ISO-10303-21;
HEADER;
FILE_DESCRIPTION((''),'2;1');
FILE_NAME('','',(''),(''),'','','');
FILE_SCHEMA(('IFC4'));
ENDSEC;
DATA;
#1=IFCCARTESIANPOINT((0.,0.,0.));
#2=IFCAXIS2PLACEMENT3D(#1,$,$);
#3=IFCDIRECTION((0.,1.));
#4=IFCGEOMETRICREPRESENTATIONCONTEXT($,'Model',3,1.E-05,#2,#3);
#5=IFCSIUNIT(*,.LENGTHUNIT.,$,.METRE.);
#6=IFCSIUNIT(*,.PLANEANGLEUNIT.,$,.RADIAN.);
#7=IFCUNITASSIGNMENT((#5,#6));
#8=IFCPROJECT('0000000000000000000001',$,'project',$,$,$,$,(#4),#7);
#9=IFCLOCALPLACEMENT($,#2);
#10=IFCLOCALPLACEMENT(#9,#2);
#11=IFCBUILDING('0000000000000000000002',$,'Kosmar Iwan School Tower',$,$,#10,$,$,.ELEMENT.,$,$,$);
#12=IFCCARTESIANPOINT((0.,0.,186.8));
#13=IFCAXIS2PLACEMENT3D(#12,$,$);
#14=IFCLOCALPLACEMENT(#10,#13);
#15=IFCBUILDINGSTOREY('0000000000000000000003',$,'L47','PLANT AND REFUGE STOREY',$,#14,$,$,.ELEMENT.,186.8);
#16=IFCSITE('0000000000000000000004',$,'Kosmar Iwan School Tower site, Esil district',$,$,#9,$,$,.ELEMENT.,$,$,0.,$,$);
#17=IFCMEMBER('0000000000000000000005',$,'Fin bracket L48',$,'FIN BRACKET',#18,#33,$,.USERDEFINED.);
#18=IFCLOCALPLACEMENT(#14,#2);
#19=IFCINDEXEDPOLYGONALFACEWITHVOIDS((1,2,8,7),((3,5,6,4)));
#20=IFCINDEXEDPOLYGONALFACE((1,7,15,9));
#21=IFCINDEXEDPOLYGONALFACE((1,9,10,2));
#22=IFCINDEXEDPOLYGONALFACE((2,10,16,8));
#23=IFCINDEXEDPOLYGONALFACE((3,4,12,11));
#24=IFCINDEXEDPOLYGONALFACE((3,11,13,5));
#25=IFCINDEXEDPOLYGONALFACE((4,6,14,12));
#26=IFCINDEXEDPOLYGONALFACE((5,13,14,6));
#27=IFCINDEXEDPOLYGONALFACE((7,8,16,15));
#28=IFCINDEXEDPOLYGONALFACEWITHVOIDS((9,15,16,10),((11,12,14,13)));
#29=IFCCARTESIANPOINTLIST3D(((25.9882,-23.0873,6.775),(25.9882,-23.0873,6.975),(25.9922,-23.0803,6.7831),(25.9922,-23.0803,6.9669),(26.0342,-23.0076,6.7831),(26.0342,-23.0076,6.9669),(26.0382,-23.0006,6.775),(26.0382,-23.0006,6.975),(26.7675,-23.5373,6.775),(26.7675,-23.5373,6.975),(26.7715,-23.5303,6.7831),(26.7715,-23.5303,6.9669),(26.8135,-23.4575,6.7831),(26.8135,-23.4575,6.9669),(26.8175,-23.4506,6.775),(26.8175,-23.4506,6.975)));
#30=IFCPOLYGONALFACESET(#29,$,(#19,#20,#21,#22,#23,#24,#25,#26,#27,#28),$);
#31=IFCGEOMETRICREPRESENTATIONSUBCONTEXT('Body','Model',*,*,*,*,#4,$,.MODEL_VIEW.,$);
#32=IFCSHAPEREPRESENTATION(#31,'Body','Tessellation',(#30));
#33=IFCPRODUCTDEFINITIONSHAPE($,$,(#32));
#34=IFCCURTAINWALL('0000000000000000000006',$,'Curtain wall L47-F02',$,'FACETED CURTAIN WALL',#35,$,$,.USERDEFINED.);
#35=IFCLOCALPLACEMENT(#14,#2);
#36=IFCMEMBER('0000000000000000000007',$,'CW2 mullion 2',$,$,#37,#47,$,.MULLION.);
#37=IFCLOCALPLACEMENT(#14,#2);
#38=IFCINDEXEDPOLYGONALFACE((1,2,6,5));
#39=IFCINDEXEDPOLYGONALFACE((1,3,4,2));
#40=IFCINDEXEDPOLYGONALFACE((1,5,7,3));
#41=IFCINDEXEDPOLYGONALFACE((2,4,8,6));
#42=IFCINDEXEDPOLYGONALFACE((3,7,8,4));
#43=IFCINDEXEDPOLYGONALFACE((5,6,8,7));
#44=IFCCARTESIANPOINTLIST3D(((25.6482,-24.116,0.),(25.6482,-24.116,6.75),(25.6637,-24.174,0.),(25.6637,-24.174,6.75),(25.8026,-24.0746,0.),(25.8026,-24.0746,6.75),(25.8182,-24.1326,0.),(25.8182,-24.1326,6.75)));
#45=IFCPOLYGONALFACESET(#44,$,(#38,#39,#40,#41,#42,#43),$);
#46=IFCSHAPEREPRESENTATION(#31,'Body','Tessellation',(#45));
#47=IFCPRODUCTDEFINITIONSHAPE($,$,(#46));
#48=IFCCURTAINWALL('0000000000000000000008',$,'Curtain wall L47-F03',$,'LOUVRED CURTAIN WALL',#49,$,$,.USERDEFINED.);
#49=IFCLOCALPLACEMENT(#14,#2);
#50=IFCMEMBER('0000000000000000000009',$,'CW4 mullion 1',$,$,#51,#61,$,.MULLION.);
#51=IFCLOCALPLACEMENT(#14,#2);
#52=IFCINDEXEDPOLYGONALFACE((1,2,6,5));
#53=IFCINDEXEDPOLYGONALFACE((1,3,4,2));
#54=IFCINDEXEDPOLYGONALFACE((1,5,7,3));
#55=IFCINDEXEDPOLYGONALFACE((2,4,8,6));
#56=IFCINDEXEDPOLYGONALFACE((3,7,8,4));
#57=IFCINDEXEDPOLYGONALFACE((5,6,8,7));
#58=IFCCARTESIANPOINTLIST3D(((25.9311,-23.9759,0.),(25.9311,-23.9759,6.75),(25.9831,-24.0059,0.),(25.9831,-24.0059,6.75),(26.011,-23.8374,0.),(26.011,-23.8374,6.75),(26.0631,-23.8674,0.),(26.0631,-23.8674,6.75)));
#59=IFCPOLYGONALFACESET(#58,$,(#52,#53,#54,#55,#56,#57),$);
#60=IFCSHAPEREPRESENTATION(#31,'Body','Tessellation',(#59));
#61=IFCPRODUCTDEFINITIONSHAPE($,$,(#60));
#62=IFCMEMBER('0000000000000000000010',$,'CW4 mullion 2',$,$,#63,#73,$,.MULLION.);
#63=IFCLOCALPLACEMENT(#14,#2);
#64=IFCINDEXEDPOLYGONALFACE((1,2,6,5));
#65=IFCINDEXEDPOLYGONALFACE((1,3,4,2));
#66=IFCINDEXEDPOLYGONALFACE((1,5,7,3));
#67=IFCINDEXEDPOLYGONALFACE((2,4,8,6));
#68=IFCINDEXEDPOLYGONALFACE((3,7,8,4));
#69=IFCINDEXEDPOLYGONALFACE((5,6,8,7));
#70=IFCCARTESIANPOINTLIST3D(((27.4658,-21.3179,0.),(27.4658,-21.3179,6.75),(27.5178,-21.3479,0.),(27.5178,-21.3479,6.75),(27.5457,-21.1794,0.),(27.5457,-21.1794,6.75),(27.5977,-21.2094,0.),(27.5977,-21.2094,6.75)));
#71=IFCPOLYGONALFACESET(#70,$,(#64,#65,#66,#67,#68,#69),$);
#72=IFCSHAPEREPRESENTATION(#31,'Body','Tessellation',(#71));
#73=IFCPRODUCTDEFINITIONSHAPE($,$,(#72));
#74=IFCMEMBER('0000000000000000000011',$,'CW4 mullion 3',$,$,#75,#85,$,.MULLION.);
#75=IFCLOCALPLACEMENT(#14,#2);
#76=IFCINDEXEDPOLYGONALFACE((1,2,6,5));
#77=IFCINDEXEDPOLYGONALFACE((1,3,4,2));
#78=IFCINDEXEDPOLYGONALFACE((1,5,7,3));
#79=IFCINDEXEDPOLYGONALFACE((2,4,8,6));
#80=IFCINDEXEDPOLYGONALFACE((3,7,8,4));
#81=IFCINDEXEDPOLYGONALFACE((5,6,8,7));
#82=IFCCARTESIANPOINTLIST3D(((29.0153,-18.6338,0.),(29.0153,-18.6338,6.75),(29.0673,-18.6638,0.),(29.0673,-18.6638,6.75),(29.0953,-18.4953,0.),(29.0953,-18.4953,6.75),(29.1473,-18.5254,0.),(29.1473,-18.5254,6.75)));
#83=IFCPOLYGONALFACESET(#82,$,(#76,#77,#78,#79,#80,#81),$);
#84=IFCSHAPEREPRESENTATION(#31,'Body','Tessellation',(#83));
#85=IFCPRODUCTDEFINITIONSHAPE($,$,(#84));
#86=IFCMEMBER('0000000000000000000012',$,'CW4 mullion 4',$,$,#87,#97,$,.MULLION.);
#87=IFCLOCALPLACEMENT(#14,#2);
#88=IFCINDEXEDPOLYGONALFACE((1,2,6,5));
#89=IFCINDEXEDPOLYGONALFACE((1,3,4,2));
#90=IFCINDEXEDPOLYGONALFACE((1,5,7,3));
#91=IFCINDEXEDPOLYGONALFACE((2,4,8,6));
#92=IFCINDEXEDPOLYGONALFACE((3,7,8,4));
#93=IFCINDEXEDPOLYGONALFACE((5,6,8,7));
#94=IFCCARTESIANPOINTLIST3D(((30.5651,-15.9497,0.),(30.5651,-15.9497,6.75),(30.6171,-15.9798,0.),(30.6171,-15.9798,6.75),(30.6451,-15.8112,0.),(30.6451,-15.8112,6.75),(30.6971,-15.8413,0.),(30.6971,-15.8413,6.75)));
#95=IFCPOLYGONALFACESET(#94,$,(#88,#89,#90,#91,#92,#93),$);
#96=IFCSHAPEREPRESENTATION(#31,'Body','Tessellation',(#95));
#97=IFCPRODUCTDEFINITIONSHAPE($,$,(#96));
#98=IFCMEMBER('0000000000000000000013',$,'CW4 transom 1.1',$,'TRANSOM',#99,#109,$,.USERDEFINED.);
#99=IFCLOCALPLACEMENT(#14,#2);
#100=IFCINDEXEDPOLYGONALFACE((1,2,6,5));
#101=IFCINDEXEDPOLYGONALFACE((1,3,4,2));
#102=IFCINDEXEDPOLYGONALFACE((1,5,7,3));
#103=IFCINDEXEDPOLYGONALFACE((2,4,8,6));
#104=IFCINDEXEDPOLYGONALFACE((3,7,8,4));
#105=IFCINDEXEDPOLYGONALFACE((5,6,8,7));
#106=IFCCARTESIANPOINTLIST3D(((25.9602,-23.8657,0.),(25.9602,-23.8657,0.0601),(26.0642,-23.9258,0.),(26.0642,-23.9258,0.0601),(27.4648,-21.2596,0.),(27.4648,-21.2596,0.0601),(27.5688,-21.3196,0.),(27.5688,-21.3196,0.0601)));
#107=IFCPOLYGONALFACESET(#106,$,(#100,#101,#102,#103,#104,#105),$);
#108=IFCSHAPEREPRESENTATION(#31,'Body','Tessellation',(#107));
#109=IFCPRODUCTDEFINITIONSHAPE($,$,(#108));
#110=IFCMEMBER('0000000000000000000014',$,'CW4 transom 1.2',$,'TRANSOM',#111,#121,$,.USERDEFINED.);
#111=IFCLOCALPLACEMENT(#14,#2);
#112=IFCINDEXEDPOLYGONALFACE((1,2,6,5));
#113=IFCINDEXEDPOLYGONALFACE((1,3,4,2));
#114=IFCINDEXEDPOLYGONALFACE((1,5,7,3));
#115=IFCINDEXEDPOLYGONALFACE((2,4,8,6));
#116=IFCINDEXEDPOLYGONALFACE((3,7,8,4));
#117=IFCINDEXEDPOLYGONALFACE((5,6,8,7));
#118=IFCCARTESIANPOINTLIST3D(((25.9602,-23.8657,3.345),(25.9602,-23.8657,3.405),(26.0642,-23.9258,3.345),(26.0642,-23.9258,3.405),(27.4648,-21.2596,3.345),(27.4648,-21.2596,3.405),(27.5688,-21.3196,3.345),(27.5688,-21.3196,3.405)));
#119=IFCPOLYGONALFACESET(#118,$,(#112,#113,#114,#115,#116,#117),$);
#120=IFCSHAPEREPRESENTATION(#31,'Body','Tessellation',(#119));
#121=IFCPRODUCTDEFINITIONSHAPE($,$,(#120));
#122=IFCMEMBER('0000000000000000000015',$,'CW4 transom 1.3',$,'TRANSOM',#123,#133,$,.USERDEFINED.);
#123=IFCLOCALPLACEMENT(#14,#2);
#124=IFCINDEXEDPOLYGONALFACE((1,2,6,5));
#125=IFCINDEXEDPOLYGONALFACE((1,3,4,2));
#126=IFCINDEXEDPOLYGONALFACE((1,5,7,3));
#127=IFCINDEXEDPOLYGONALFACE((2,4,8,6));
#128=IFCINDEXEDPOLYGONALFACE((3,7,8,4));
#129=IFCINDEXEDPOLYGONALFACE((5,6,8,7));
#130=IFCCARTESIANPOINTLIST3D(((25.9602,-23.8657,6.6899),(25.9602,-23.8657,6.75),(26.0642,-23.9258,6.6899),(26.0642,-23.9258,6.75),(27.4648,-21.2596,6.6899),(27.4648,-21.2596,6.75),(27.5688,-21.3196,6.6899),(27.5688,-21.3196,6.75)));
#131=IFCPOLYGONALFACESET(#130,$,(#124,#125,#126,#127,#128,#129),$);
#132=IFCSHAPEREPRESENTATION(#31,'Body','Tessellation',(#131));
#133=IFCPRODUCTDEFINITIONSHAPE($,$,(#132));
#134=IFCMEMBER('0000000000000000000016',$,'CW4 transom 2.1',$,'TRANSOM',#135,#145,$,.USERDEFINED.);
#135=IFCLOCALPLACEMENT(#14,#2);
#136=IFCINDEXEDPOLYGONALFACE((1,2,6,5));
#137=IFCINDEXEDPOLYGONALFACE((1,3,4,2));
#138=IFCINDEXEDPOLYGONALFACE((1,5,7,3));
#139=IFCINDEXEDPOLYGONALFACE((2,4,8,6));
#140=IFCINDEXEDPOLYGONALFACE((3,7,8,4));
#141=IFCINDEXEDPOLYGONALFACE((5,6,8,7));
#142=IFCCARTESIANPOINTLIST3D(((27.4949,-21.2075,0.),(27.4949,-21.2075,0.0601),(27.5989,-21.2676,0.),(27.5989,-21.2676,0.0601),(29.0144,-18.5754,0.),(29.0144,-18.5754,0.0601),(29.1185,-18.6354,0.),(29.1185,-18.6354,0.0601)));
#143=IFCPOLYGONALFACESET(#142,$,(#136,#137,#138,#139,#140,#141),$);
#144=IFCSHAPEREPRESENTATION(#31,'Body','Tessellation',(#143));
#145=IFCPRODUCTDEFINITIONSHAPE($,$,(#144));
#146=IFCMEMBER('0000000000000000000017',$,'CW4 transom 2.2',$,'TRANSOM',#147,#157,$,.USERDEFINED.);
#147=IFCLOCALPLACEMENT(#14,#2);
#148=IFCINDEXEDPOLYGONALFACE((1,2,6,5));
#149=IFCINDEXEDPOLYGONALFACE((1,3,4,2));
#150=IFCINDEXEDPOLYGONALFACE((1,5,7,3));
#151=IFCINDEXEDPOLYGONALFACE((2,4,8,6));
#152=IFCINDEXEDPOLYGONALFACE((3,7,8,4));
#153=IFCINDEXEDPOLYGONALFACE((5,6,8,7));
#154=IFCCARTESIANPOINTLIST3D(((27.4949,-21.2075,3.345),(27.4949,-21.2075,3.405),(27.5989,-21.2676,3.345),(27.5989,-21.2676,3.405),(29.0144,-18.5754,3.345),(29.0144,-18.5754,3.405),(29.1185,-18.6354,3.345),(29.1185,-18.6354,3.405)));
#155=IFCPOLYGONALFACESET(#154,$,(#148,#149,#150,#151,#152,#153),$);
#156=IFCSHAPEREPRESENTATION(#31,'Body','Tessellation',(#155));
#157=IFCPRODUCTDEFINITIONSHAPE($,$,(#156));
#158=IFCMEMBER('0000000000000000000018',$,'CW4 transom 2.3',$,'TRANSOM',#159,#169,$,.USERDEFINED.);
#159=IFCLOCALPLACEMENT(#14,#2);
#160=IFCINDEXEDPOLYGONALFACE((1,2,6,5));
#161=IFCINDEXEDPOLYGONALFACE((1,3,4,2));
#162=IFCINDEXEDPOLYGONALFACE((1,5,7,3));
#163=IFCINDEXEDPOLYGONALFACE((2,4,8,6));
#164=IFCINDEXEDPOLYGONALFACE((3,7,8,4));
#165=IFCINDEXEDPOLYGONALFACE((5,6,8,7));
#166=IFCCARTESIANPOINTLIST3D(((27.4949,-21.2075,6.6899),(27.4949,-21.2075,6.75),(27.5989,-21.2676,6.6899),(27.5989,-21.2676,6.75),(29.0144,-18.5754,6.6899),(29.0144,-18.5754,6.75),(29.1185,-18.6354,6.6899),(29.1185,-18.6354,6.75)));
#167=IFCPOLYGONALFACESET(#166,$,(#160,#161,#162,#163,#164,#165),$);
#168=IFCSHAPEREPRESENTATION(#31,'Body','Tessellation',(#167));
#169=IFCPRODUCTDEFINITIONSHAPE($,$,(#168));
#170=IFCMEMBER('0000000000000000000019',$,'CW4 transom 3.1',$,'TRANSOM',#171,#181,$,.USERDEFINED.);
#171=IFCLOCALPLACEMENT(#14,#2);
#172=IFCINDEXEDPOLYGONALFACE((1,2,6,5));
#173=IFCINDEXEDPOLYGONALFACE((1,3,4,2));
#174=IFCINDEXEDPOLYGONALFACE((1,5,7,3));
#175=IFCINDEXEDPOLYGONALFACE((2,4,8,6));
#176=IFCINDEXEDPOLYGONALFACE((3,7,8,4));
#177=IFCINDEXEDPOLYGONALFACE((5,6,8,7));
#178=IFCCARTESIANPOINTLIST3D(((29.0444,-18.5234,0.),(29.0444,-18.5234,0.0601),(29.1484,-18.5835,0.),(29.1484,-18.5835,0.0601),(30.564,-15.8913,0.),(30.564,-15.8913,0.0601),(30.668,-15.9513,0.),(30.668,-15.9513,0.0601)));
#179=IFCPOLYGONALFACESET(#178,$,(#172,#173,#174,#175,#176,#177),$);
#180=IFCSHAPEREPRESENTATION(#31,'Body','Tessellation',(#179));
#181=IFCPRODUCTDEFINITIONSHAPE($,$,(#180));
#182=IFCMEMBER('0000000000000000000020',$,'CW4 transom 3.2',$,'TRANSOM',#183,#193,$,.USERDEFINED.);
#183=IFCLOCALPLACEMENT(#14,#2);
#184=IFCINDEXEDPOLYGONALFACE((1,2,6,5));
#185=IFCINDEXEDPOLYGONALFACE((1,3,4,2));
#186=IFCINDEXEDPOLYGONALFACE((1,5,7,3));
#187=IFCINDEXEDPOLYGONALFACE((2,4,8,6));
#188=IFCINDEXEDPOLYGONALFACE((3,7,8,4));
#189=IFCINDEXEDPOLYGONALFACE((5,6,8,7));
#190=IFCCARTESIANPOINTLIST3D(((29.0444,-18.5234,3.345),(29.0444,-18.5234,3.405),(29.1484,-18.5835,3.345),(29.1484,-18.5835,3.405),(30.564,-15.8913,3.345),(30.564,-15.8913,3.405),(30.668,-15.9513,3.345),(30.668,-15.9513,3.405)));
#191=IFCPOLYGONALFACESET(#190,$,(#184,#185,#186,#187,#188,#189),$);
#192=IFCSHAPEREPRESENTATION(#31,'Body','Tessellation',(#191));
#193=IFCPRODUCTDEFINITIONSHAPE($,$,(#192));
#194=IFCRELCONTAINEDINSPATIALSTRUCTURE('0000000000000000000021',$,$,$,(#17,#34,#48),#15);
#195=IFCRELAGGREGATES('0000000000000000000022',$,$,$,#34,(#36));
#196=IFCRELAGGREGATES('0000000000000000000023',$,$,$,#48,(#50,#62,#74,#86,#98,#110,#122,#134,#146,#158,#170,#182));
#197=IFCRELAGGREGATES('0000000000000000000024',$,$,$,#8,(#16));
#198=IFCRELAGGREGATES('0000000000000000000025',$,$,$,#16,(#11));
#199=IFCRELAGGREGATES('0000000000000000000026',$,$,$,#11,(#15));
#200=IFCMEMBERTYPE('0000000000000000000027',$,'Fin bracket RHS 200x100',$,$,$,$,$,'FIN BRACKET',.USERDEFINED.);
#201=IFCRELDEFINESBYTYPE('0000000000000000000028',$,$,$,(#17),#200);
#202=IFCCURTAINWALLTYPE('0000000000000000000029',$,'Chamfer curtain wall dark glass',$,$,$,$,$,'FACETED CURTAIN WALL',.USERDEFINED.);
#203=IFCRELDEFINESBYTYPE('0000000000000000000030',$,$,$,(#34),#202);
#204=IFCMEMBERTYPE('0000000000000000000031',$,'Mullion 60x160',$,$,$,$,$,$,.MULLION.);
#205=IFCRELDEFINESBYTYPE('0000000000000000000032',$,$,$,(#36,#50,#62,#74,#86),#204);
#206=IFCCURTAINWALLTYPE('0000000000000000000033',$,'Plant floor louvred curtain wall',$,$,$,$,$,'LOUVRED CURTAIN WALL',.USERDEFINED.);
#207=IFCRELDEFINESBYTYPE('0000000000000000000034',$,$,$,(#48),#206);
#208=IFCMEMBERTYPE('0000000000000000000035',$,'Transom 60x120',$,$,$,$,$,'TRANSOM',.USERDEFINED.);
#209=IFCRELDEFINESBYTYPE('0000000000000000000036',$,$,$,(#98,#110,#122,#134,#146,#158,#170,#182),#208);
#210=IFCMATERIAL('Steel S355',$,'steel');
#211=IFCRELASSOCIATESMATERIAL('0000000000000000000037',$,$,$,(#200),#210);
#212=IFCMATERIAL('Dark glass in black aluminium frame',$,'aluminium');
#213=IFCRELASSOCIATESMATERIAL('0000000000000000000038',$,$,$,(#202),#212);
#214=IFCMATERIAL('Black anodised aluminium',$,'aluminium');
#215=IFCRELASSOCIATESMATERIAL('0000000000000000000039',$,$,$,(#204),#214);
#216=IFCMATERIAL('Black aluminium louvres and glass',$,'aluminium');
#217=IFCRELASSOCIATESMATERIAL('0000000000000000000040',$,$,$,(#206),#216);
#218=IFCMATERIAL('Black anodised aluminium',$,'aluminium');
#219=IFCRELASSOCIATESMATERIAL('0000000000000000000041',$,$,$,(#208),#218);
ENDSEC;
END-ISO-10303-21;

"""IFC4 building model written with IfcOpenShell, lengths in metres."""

from ifc_helpers import new_model, si_unit, direction, frame, origin, origin_2d, place, context, subcontext, project, spatial, rectangle, hollow_rectangle, extrude, material, material_profile, profile_set, type_object, element, aggregate, save


model = new_model("IFC4")

# Units and contexts
model_context = context("Model", 3, precision=1e-05, world=origin(), true_north=direction((0.0, 1.0)))
body_context = subcontext(model_context, "Body", "Model", "MODEL_VIEW")
ifc_project = project(units=[si_unit("LENGTHUNIT", "METRE"), si_unit("PLANEANGLEUNIT", "RADIAN")], contexts=[model_context])

# Site, building, storey
site_placement = place(None, origin())
site = spatial("IfcSite", under=ifc_project, at=site_placement, Name="Kosmar Iwan School Tower site, Esil district", CompositionType="ELEMENT", RefElevation=0.0)
building_placement = place(site_placement, origin())
building = spatial("IfcBuilding", under=site, at=building_placement, Name="Kosmar Iwan School Tower", CompositionType="ELEMENT")
storey_placement = place(building_placement, frame((0.0, 0.0, 186.8)))
storey = spatial("IfcBuildingStorey", under=building, at=storey_placement, Name="L47", Description="PLANT AND REFUGE STOREY", CompositionType="ELEMENT", Elevation=186.8)

# Member
ifc_material_1 = material(Name="Steel S355", Category="steel")
ifc_material_profile_1 = material_profile(ifc_material_1, hollow_rectangle(XDim=0.1001, YDim=0.2, WallThickness=0.0081, at=origin_2d()), Name="RHS 200x100x8")
ifc_profile_set_1 = profile_set([ifc_material_profile_1], Name="Steel S355")
member_type_1 = type_object("IfcMemberType", Name="Fin bracket RHS 200x100", ElementType="FIN BRACKET", PredefinedType="USERDEFINED", material=ifc_profile_set_1)
member_1_placement = place(storey_placement, frame((26.0132, -23.0439, 6.875), z_axis=(0.866014, -0.50002, 0.0), x_axis=(0.50002, 0.866014, 0.0)))
element("IfcMember", 1, at=member_1_placement, inside=storey, type_object=member_type_1, Name="Fin bracket L48", ObjectType="FIN BRACKET", PredefinedType="USERDEFINED", context=body_context, shape_type="SweptSolid", body=[
    extrude(hollow_rectangle(XDim=0.1001, YDim=0.2, WallThickness=0.0081, at=origin_2d()), origin(), (0.0, 0.0, 1.0), 0.8999),
])

# Curtain wall, member
ifc_material_2 = material(Name="Dark glass in black aluminium frame", Category="aluminium")
curtain_wall_type_1 = type_object("IfcCurtainWallType", Name="Chamfer curtain wall dark glass", ElementType="FACETED CURTAIN WALL", PredefinedType="USERDEFINED", material=ifc_material_2)
curtain_wall_1_placement = place(storey_placement, origin())
curtain_wall_1 = element("IfcCurtainWall", 2, at=curtain_wall_1_placement, inside=storey, type_object=curtain_wall_type_1, Name="Curtain wall L47-F02", ObjectType="FACETED CURTAIN WALL", PredefinedType="USERDEFINED")
ifc_material_3 = material(Name="Black anodised aluminium", Category="aluminium")
ifc_material_profile_2 = material_profile(ifc_material_3, rectangle(XDim=0.0601, YDim=0.1599, at=origin_2d()), Name="MULLION 60x160")
ifc_profile_set_2 = profile_set([ifc_material_profile_2], Name="Black anodised aluminium")
member_type_2 = type_object("IfcMemberType", Name="Mullion 60x160", PredefinedType="MULLION", material=ifc_profile_set_2)
member_2_placement = place(storey_placement, frame((25.7332, -24.1243, 0.0), z_axis=(0.0, 0.0, 1.0), x_axis=(-0.258819, 0.965926, 0.0)))
member_2 = element("IfcMember", 3, at=member_2_placement, type_object=member_type_2, Name="CW2 mullion 2", PredefinedType="MULLION", context=body_context, shape_type="SweptSolid", body=[
    extrude(rectangle(XDim=0.0601, YDim=0.1599, at=origin_2d()), origin(), (0.0, 0.0, 1.0), 6.75),
])
aggregate(curtain_wall_1, [member_2])

# Curtain wall, members
ifc_material_4 = material(Name="Black aluminium louvres and glass", Category="aluminium")
curtain_wall_type_2 = type_object("IfcCurtainWallType", Name="Plant floor louvred curtain wall", ElementType="LOUVRED CURTAIN WALL", PredefinedType="USERDEFINED", material=ifc_material_4)
curtain_wall_2_placement = place(storey_placement, origin())
curtain_wall_2 = element("IfcCurtainWall", 4, at=curtain_wall_2_placement, inside=storey, type_object=curtain_wall_type_2, Name="Curtain wall L47-F03", ObjectType="LOUVRED CURTAIN WALL", PredefinedType="USERDEFINED")
member_3_placement = place(storey_placement, frame((25.9971, -23.9216, 0.0), z_axis=(0.0, 0.0, 1.0), x_axis=(-0.866025, 0.5, 0.0)))
member_3 = element("IfcMember", 5, at=member_3_placement, type_object=member_type_2, Name="CW4 mullion 1", PredefinedType="MULLION", context=body_context, shape_type="SweptSolid", body=[
    extrude(rectangle(XDim=0.0601, YDim=0.1599, at=origin_2d()), origin(), (0.0, 0.0, 1.0), 6.75),
])
member_4_placement = place(storey_placement, frame((27.5317, -21.2637, 0.0), z_axis=(0.0, 0.0, 1.0), x_axis=(-0.866025, 0.5, 0.0)))
member_4 = element("IfcMember", 6, at=member_4_placement, type_object=member_type_2, Name="CW4 mullion 2", PredefinedType="MULLION", context=body_context, shape_type="SweptSolid", body=[
    extrude(rectangle(XDim=0.0601, YDim=0.1599, at=origin_2d()), origin(), (0.0, 0.0, 1.0), 6.75),
])
member_5_placement = place(storey_placement, frame((29.0813, -18.5796, 0.0), z_axis=(0.0, 0.0, 1.0), x_axis=(-0.866025, 0.5, 0.0)))
member_5 = element("IfcMember", 7, at=member_5_placement, type_object=member_type_2, Name="CW4 mullion 3", PredefinedType="MULLION", context=body_context, shape_type="SweptSolid", body=[
    extrude(rectangle(XDim=0.0601, YDim=0.1599, at=origin_2d()), origin(), (0.0, 0.0, 1.0), 6.75),
])
member_6_placement = place(storey_placement, frame((30.6311, -15.8955, 0.0), z_axis=(0.0, 0.0, 1.0), x_axis=(-0.866025, 0.5, 0.0)))
member_6 = element("IfcMember", 8, at=member_6_placement, type_object=member_type_2, Name="CW4 mullion 4", PredefinedType="MULLION", context=body_context, shape_type="SweptSolid", body=[
    extrude(rectangle(XDim=0.0601, YDim=0.1599, at=origin_2d()), origin(), (0.0, 0.0, 1.0), 6.75),
])
ifc_material_5 = material(Name="Black anodised aluminium", Category="aluminium")
ifc_material_profile_3 = material_profile(ifc_material_5, rectangle(XDim=0.1201, YDim=0.0601, at=origin_2d()), Name="TRANSOM 60x120")
ifc_profile_set_3 = profile_set([ifc_material_profile_3], Name="Black anodised aluminium")
member_type_3 = type_object("IfcMemberType", Name="Transom 60x120", ElementType="TRANSOM", PredefinedType="USERDEFINED", material=ifc_profile_set_3)
member_7_placement = place(storey_placement, frame((26.0122, -23.8958, 0.03), z_axis=(0.499987, 0.866033, 0.0), x_axis=(-0.866033, 0.499987, 0.0)))
member_7 = element("IfcMember", 9, at=member_7_placement, type_object=member_type_3, Name="CW4 transom 1.1", ObjectType="TRANSOM", PredefinedType="USERDEFINED", context=body_context, shape_type="SweptSolid", body=[
    extrude(rectangle(XDim=0.1201, YDim=0.0601, at=origin_2d()), origin(), (0.0, 0.0, 1.0), 3.0093),
])
member_8_placement = place(storey_placement, frame((26.0122, -23.8958, 3.375), z_axis=(0.499987, 0.866033, 0.0), x_axis=(-0.866033, 0.499987, 0.0)))
member_8 = element("IfcMember", 10, at=member_8_placement, type_object=member_type_3, Name="CW4 transom 1.2", ObjectType="TRANSOM", PredefinedType="USERDEFINED", context=body_context, shape_type="SweptSolid", body=[
    extrude(rectangle(XDim=0.1201, YDim=0.0601, at=origin_2d()), origin(), (0.0, 0.0, 1.0), 3.0093),
])
member_9_placement = place(storey_placement, frame((26.0122, -23.8958, 6.72), z_axis=(0.499987, 0.866033, 0.0), x_axis=(-0.866033, 0.499987, 0.0)))
member_9 = element("IfcMember", 11, at=member_9_placement, type_object=member_type_3, Name="CW4 transom 1.3", ObjectType="TRANSOM", PredefinedType="USERDEFINED", context=body_context, shape_type="SweptSolid", body=[
    extrude(rectangle(XDim=0.1201, YDim=0.0601, at=origin_2d()), origin(), (0.0, 0.0, 1.0), 3.0093),
])
member_10_placement = place(storey_placement, frame((27.5469, -21.2375, 0.03), z_axis=(0.499975, 0.86604, 0.0), x_axis=(-0.86604, 0.499975, 0.0)))
member_10 = element("IfcMember", 12, at=member_10_placement, type_object=member_type_3, Name="CW4 transom 2.1", ObjectType="TRANSOM", PredefinedType="USERDEFINED", context=body_context, shape_type="SweptSolid", body=[
    extrude(rectangle(XDim=0.1201, YDim=0.0601, at=origin_2d()), origin(), (0.0, 0.0, 1.0), 3.0393),
])
member_11_placement = place(storey_placement, frame((27.5469, -21.2375, 3.375), z_axis=(0.499975, 0.86604, 0.0), x_axis=(-0.86604, 0.499975, 0.0)))
member_11 = element("IfcMember", 13, at=member_11_placement, type_object=member_type_3, Name="CW4 transom 2.2", ObjectType="TRANSOM", PredefinedType="USERDEFINED", context=body_context, shape_type="SweptSolid", body=[
    extrude(rectangle(XDim=0.1201, YDim=0.0601, at=origin_2d()), origin(), (0.0, 0.0, 1.0), 3.0393),
])
member_12_placement = place(storey_placement, frame((27.5469, -21.2375, 6.72), z_axis=(0.499975, 0.86604, 0.0), x_axis=(-0.86604, 0.499975, 0.0)))
member_12 = element("IfcMember", 14, at=member_12_placement, type_object=member_type_3, Name="CW4 transom 2.3", ObjectType="TRANSOM", PredefinedType="USERDEFINED", context=body_context, shape_type="SweptSolid", body=[
    extrude(rectangle(XDim=0.1201, YDim=0.0601, at=origin_2d()), origin(), (0.0, 0.0, 1.0), 3.0393),
])
member_13_placement = place(storey_placement, frame((29.0964, -18.5535, 0.03), z_axis=(0.499975, 0.86604, 0.0), x_axis=(-0.86604, 0.499975, 0.0)))
member_13 = element("IfcMember", 15, at=member_13_placement, type_object=member_type_3, Name="CW4 transom 3.1", ObjectType="TRANSOM", PredefinedType="USERDEFINED", context=body_context, shape_type="SweptSolid", body=[
    extrude(rectangle(XDim=0.1201, YDim=0.0601, at=origin_2d()), origin(), (0.0, 0.0, 1.0), 3.0393),
])
member_14_placement = place(storey_placement, frame((29.0964, -18.5535, 3.375), z_axis=(0.499975, 0.86604, 0.0), x_axis=(-0.86604, 0.499975, 0.0)))
member_14 = element("IfcMember", 16, at=member_14_placement, type_object=member_type_3, Name="CW4 transom 3.2", ObjectType="TRANSOM", PredefinedType="USERDEFINED", context=body_context, shape_type="SweptSolid", body=[
    extrude(rectangle(XDim=0.1201, YDim=0.0601, at=origin_2d()), origin(), (0.0, 0.0, 1.0), 3.0393),
])
aggregate(curtain_wall_2, [member_3, member_4, member_5, member_6, member_7, member_8, member_9, member_10, member_11, member_12, member_13, member_14])

save(model, "model.ifc")
